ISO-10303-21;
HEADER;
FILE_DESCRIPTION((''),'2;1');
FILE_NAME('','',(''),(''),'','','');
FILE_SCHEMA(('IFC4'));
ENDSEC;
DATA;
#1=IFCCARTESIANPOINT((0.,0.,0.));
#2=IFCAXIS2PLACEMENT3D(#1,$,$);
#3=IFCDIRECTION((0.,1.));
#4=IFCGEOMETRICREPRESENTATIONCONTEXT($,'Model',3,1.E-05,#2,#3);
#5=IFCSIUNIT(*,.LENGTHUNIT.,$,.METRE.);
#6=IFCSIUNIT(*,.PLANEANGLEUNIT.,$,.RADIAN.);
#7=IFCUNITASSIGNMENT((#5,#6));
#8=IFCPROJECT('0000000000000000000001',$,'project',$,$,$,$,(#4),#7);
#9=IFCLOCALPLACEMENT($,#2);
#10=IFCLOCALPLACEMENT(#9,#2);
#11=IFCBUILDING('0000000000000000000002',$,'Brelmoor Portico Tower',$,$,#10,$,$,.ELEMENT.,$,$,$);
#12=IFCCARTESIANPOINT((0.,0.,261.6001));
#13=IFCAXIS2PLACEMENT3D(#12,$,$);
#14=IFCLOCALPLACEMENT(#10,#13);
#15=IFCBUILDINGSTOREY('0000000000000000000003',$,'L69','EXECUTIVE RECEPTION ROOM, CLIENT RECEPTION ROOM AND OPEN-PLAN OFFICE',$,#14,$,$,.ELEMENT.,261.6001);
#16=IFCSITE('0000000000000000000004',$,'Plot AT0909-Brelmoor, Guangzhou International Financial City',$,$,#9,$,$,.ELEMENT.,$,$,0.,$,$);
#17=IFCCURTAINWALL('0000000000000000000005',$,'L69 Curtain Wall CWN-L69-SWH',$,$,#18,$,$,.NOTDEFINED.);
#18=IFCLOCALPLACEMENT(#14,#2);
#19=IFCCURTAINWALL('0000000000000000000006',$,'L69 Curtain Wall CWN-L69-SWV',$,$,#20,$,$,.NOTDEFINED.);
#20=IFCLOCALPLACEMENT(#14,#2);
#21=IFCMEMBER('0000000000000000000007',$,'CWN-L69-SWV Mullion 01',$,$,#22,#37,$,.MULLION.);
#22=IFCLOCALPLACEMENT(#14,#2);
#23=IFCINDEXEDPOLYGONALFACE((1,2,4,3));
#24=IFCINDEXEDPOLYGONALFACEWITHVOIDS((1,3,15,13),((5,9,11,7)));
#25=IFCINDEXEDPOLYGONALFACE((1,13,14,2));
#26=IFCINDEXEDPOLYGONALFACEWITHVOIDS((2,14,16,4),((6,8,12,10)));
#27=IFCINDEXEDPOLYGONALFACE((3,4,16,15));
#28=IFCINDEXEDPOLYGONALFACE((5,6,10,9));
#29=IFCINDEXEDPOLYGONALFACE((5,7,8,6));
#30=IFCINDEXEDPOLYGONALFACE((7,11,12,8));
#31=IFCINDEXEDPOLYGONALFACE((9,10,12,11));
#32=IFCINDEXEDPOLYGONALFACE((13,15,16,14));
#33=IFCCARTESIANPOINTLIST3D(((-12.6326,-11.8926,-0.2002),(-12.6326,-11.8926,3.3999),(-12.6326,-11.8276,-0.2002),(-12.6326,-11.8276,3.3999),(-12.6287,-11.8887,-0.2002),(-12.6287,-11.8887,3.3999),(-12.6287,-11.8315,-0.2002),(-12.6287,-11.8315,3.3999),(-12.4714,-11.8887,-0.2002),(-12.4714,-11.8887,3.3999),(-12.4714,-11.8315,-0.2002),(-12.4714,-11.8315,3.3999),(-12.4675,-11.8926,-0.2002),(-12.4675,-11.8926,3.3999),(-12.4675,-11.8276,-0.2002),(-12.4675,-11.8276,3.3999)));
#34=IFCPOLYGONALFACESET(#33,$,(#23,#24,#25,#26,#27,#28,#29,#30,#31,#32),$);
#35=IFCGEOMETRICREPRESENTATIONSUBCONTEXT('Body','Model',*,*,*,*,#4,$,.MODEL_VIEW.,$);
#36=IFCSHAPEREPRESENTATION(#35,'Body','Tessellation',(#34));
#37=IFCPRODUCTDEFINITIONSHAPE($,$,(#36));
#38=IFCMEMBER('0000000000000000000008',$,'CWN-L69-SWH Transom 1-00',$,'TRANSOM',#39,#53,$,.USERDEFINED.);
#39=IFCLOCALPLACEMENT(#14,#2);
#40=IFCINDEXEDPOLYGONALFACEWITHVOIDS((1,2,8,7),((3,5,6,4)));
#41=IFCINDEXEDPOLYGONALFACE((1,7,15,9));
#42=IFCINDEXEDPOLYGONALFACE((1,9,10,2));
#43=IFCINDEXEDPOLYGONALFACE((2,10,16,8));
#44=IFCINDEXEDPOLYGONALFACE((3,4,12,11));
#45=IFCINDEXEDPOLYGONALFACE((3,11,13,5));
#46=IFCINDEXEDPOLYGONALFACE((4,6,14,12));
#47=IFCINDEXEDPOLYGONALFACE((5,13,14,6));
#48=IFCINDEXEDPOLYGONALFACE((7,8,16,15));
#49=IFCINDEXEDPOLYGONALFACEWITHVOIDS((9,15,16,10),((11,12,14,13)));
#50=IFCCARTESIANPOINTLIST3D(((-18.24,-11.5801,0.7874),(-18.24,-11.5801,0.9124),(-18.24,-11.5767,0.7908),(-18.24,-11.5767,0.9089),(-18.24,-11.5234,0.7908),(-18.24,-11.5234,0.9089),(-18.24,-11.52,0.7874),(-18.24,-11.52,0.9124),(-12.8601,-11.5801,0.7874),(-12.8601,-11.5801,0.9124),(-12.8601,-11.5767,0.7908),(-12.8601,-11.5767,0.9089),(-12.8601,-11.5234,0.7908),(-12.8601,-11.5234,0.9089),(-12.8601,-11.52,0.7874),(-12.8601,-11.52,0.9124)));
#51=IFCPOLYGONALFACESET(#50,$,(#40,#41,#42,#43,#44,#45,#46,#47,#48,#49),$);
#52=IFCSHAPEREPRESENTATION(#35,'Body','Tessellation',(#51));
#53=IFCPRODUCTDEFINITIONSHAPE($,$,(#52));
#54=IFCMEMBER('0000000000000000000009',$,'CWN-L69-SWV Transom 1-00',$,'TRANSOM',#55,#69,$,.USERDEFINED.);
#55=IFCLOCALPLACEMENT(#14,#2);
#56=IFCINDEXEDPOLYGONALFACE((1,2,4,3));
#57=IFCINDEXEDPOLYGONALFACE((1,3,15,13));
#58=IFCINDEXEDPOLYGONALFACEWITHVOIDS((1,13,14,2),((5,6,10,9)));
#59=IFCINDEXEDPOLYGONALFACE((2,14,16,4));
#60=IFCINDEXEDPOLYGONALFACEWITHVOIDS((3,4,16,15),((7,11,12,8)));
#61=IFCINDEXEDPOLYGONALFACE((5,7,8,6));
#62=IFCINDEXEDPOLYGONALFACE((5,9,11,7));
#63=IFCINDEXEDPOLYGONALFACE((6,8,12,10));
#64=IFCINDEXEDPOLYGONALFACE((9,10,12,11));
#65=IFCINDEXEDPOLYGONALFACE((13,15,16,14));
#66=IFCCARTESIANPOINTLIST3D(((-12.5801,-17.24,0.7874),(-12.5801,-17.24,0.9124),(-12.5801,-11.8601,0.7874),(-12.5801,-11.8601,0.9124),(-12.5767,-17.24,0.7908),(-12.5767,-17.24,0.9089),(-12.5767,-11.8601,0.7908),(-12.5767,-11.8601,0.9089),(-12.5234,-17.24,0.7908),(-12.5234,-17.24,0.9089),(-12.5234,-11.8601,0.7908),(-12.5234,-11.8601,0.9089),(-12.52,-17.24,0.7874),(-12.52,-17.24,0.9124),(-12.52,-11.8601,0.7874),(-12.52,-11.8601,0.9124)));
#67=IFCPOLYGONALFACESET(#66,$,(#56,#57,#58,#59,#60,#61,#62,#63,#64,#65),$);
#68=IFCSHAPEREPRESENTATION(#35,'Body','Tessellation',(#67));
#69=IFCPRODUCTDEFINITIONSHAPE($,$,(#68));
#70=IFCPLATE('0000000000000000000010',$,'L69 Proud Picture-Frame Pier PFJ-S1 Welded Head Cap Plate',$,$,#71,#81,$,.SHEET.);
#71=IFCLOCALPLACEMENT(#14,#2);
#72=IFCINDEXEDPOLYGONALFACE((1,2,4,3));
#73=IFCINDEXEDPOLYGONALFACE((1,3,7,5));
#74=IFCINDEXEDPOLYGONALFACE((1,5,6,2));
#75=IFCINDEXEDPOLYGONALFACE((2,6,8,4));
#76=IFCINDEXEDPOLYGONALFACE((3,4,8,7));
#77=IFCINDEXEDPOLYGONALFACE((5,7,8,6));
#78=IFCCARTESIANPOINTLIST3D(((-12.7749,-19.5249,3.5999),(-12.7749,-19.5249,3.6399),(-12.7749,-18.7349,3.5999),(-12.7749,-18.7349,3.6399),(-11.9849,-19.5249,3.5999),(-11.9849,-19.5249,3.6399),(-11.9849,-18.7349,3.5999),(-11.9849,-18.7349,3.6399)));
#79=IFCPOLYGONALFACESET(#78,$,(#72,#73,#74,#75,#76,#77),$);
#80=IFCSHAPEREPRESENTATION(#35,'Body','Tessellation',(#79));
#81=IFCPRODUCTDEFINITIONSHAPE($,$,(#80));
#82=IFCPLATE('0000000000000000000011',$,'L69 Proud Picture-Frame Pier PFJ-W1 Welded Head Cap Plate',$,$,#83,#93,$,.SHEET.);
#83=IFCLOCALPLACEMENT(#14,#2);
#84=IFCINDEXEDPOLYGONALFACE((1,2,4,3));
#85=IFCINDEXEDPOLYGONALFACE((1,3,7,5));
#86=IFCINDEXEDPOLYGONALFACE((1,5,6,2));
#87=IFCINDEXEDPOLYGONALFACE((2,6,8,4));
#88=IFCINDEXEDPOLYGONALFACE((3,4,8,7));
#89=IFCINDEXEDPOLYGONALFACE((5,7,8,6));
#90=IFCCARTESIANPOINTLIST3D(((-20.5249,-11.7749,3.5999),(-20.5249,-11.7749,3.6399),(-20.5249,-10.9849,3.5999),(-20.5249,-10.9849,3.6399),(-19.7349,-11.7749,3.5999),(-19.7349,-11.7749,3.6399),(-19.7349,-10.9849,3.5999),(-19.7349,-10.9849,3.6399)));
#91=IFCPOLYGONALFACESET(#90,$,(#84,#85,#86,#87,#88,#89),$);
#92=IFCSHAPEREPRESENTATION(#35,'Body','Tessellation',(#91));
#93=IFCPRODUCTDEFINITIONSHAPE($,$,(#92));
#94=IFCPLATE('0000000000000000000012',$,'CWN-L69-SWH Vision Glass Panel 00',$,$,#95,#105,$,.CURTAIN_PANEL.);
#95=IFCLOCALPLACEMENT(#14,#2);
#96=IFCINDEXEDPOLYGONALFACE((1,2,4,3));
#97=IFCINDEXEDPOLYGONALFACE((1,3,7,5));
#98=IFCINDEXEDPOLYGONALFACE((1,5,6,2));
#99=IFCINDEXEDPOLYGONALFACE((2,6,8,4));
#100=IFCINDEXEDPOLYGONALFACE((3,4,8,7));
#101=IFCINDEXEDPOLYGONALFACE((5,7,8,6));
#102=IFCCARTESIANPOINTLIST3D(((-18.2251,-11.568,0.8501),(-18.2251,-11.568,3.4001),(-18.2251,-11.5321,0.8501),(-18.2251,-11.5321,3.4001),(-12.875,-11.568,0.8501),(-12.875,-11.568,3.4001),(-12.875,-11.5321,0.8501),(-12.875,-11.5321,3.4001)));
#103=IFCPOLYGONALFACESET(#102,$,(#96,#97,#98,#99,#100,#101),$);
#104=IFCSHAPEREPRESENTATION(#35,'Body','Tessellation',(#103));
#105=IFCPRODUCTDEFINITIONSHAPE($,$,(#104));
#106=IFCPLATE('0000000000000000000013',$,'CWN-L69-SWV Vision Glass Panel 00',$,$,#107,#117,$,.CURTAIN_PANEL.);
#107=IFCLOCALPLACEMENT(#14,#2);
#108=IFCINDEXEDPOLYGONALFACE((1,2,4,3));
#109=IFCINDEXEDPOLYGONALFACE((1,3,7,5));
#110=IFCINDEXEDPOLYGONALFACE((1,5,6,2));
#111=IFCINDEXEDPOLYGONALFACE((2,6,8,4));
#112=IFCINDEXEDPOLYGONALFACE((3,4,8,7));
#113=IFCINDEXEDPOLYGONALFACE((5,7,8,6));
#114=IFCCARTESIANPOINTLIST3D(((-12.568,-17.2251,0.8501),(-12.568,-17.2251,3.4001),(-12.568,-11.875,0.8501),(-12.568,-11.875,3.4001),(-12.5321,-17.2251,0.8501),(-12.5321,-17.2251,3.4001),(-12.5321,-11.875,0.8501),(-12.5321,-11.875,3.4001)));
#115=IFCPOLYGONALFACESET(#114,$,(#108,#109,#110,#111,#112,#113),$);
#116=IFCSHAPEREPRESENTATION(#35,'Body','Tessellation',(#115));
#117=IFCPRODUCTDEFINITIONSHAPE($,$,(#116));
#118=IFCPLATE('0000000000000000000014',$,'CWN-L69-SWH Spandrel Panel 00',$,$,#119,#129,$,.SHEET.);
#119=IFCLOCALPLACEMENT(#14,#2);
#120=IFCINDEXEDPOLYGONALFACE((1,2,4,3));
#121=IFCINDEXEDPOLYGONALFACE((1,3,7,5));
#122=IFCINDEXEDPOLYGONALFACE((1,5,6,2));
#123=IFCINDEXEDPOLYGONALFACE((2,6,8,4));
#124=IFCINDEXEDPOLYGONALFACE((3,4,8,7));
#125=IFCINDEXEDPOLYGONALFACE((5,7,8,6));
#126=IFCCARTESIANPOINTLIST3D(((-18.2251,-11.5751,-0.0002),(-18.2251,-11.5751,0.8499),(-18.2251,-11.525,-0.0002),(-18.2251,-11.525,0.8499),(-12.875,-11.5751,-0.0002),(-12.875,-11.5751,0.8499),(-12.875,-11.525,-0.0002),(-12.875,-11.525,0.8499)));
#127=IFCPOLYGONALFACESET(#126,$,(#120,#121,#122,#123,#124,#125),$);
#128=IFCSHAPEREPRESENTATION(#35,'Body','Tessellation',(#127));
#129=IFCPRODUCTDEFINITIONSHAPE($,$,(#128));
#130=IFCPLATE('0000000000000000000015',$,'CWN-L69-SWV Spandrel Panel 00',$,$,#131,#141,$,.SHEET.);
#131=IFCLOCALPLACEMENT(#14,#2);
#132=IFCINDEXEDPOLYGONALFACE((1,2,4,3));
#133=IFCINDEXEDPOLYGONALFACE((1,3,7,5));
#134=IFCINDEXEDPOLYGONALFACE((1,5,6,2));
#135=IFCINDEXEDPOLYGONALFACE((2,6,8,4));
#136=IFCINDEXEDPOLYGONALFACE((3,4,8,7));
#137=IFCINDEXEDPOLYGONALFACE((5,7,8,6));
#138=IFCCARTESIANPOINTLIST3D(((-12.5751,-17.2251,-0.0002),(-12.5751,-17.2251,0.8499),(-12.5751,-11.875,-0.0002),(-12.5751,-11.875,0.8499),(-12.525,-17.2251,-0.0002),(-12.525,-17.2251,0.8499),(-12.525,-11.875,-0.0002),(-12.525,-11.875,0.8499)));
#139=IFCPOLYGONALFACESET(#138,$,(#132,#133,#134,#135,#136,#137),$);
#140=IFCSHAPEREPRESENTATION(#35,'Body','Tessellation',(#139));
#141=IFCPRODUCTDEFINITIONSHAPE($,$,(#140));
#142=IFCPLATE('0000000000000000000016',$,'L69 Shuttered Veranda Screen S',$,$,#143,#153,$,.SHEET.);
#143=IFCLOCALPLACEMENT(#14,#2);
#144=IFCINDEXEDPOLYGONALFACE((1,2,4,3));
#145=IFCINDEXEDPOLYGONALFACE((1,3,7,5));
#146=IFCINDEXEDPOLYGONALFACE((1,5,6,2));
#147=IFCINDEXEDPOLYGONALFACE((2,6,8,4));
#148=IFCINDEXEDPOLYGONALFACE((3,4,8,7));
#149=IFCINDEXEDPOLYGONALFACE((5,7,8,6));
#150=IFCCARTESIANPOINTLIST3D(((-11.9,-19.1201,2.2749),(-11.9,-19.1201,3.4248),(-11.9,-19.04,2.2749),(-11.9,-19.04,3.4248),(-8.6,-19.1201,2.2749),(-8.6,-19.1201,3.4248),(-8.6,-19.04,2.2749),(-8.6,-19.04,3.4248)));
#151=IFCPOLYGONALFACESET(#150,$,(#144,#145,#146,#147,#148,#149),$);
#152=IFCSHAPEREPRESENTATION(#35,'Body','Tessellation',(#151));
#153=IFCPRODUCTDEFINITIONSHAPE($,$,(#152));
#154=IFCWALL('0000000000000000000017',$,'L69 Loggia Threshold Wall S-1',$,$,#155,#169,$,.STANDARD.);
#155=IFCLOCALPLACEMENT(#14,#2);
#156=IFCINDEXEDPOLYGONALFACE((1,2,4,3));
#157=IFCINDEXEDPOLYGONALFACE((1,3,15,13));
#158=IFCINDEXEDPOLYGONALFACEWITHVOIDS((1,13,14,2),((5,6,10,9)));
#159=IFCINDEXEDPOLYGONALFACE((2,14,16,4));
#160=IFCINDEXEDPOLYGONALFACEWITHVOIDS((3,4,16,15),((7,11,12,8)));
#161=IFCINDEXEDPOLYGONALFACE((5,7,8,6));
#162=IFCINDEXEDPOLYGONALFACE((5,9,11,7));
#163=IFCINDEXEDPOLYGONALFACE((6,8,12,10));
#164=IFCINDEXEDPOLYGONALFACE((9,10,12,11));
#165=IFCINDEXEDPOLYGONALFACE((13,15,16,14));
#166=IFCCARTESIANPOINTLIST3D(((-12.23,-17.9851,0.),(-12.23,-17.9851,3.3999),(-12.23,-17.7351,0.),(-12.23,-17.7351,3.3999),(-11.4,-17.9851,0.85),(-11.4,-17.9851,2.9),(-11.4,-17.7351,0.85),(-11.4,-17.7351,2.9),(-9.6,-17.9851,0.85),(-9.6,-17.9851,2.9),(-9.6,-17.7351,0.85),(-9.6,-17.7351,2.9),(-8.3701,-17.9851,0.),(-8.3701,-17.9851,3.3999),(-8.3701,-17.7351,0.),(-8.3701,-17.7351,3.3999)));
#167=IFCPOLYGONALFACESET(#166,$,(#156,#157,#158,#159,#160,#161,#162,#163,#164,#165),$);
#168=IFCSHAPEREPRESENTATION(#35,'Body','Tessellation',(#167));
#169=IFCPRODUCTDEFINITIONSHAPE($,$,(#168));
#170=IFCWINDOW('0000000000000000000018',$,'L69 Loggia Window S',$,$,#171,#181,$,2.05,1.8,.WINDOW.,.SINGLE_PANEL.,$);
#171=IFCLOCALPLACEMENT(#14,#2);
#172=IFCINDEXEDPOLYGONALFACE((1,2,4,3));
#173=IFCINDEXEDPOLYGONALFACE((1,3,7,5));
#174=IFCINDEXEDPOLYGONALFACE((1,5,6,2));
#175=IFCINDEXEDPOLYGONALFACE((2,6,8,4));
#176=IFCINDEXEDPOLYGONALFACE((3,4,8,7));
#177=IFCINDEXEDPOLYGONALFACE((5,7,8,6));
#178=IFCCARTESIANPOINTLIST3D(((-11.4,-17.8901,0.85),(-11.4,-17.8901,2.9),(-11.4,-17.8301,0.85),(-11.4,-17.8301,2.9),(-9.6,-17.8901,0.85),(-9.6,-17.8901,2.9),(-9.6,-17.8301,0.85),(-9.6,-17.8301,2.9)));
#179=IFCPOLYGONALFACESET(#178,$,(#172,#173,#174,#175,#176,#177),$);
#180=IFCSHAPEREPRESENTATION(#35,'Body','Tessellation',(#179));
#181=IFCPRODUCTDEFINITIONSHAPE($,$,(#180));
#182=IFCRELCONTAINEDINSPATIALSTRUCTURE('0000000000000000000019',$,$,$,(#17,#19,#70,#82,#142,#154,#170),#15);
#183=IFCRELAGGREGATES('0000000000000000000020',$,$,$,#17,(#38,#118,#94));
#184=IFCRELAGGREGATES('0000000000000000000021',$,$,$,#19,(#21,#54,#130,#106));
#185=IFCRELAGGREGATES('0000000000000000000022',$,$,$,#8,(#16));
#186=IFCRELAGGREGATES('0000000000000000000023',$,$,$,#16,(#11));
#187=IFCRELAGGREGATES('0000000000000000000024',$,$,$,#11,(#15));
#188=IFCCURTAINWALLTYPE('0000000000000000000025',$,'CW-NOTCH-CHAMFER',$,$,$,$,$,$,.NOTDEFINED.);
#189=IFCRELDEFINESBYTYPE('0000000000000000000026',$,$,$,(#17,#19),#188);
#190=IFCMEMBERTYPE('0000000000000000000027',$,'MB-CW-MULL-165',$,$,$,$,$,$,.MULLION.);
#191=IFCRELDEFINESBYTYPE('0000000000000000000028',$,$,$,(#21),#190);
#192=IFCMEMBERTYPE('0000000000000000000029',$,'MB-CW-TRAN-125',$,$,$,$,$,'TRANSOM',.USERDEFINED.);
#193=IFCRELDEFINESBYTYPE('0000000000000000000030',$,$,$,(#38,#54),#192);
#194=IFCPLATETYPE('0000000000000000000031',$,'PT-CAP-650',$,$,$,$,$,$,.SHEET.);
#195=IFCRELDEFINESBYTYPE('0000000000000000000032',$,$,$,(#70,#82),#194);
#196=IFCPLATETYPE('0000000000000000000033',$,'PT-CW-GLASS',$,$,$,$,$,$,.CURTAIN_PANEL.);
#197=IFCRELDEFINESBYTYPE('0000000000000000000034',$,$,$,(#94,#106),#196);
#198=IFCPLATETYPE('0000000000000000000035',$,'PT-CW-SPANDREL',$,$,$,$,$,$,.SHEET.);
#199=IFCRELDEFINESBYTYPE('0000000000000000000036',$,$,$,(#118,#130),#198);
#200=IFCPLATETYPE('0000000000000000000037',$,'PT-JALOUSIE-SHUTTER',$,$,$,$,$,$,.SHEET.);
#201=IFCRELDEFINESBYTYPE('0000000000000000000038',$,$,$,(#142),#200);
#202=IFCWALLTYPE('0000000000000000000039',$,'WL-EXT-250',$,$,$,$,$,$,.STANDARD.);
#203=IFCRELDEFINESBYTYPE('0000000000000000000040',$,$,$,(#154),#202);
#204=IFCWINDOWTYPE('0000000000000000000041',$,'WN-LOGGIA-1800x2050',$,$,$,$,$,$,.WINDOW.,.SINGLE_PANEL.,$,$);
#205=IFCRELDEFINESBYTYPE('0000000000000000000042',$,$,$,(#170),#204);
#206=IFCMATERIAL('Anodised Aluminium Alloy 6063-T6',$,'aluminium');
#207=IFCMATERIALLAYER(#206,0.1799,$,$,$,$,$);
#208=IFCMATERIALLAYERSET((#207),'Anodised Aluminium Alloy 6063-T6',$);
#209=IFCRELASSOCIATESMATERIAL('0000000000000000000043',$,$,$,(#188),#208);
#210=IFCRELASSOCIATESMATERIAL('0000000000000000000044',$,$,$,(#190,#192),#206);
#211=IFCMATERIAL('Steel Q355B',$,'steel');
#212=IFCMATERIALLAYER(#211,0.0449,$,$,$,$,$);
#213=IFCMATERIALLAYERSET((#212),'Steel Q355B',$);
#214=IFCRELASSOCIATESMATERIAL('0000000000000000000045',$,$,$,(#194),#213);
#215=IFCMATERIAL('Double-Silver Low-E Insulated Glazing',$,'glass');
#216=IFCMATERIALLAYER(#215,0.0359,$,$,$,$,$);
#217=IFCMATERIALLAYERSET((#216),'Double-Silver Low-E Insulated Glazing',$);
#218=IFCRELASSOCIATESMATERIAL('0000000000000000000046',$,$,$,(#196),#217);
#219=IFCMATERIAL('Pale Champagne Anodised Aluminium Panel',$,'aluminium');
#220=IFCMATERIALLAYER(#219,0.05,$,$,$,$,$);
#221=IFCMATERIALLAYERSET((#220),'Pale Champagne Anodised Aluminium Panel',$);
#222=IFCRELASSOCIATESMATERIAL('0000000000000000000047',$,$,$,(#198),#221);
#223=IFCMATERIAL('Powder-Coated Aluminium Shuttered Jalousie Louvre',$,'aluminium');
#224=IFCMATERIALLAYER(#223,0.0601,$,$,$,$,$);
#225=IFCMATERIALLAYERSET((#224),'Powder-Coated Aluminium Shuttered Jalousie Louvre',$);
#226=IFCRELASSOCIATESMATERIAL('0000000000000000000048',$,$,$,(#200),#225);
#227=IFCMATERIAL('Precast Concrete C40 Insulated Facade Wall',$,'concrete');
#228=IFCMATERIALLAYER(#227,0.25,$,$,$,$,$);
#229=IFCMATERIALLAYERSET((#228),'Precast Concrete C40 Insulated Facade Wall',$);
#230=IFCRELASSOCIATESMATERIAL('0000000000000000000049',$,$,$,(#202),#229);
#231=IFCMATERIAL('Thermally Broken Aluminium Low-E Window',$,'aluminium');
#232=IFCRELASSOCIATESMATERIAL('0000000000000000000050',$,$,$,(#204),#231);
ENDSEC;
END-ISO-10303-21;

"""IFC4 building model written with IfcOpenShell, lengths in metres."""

from ifc_helpers import new_model, si_unit, direction, frame, frame_2d, origin, origin_2d, place, context, subcontext, project, spatial, rectangle, hollow_rectangle, extrude, material, layer, layer_set, material_profile, profile_set, type_object, element, fill, aggregate, save


model = new_model("IFC4")

# Units and contexts
model_context = context("Model", 3, precision=1e-05, world=origin(), true_north=direction((0.0, 1.0)))
body_context = subcontext(model_context, "Body", "Model", "MODEL_VIEW")
ifc_project = project(units=[si_unit("LENGTHUNIT", "METRE"), si_unit("PLANEANGLEUNIT", "RADIAN")], contexts=[model_context])

# Site, building, storey
site_placement = place(None, origin())
site = spatial("IfcSite", under=ifc_project, at=site_placement, Name="Plot AT0909-Brelmoor, Guangzhou International Financial City", CompositionType="ELEMENT", RefElevation=0.0)
building_placement = place(site_placement, origin())
building = spatial("IfcBuilding", under=site, at=building_placement, Name="Brelmoor Portico Tower", CompositionType="ELEMENT")
storey_placement = place(building_placement, frame((0.0, 0.0, 261.6001)))
storey = spatial("IfcBuildingStorey", under=building, at=storey_placement, Name="L69", Description="EXECUTIVE RECEPTION ROOM, CLIENT RECEPTION ROOM AND OPEN-PLAN OFFICE", CompositionType="ELEMENT", Elevation=261.6001)

# Shared definitions
ifc_material_1 = material(Name="Steel Q355B", Category="steel")

# Curtain walls, member
ifc_material_2 = material(Name="Anodised Aluminium Alloy 6063-T6", Category="aluminium")
ifc_layer_1 = layer(ifc_material_2, 0.1799)
ifc_layer_set_1 = layer_set([ifc_layer_1], Name="Anodised Aluminium Alloy 6063-T6")
curtain_wall_type = type_object("IfcCurtainWallType", Name="CW-NOTCH-CHAMFER", PredefinedType="NOTDEFINED", material=ifc_layer_set_1)
curtain_wall_1_placement = place(storey_placement, origin())
curtain_wall_1 = element("IfcCurtainWall", 1, at=curtain_wall_1_placement, inside=storey, type_object=curtain_wall_type, Name="L69 Curtain Wall CWN-L69-SWH", PredefinedType="NOTDEFINED")
ifc_material_profile_1 = material_profile(ifc_material_2, hollow_rectangle(XDim=0.0649, YDim=0.165, WallThickness=0.0039, at=origin_2d()), Name="ALU MULLION 65x165")
ifc_profile_set_1 = profile_set([ifc_material_profile_1], Name="Anodised Aluminium Alloy 6063-T6")
member_type_1 = type_object("IfcMemberType", Name="MB-CW-MULL-165", PredefinedType="MULLION", material=ifc_profile_set_1)
curtain_wall_2_placement = place(storey_placement, origin())
curtain_wall_2 = element("IfcCurtainWall", 2, at=curtain_wall_2_placement, inside=storey, type_object=curtain_wall_type, Name="L69 Curtain Wall CWN-L69-SWV", PredefinedType="NOTDEFINED")
member_1_placement = place(storey_placement, frame((-12.55, -11.8601, -0.2002), z_axis=(0.0, 0.0, 1.0), x_axis=(0.0, 1.0, 0.0)))
member_1 = element("IfcMember", 3, at=member_1_placement, type_object=member_type_1, Name="CWN-L69-SWV Mullion 01", PredefinedType="MULLION", context=body_context, shape_type="SweptSolid", body=[
    extrude(hollow_rectangle(XDim=0.0649, YDim=0.165, WallThickness=0.0039, at=origin_2d()), origin(), (0.0, 0.0, 1.0), 3.6001),
])

# Members
ifc_material_profile_2 = material_profile(ifc_material_2, hollow_rectangle(XDim=0.0601, YDim=0.125, WallThickness=0.0034, at=origin_2d()), Name="ALU TRANSOM 60x125")
ifc_profile_set_2 = profile_set([ifc_material_profile_2], Name="Anodised Aluminium Alloy 6063-T6")
member_type_2 = type_object("IfcMemberType", Name="MB-CW-TRAN-125", ElementType="TRANSOM", PredefinedType="USERDEFINED", material=ifc_profile_set_2)
member_2_placement = place(storey_placement, frame((-18.24, -11.55, 0.8499), z_axis=(1.0, 0.0, 0.0), x_axis=(0.0, 1.0, 0.0)))
member_2 = element("IfcMember", 4, at=member_2_placement, type_object=member_type_2, Name="CWN-L69-SWH Transom 1-00", ObjectType="TRANSOM", PredefinedType="USERDEFINED", context=body_context, shape_type="SweptSolid", body=[
    extrude(hollow_rectangle(XDim=0.0601, YDim=0.125, WallThickness=0.0034, at=origin_2d()), origin(), (0.0, 0.0, 1.0), 5.3799),
])
member_3_placement = place(storey_placement, frame((-12.55, -17.24, 0.8499), z_axis=(0.0, 1.0, 0.0), x_axis=(-1.0, 0.0, 0.0)))
member_3 = element("IfcMember", 5, at=member_3_placement, type_object=member_type_2, Name="CWN-L69-SWV Transom 1-00", ObjectType="TRANSOM", PredefinedType="USERDEFINED", context=body_context, shape_type="SweptSolid", body=[
    extrude(hollow_rectangle(XDim=0.0601, YDim=0.125, WallThickness=0.0034, at=origin_2d()), origin(), (0.0, 0.0, 1.0), 5.3799),
])

# Plates
ifc_layer_2 = layer(ifc_material_1, 0.0449)
ifc_layer_set_2 = layer_set([ifc_layer_2], Name="Steel Q355B")
plate_type_1 = type_object("IfcPlateType", Name="PT-CAP-650", PredefinedType="SHEET", material=ifc_layer_set_2)
for number, where, z_axis, x_axis, name in (
    (6, (-12.3799, -19.1299, 3.5999), (0.0, 0.0, 1.0), (1.0, 0.0, 0.0), "L69 Proud Picture-Frame Pier PFJ-S1 Welded Head Cap Plate"),
    (7, (-20.1299, -11.3799, 3.5999), (0.0, 0.0, 1.0), (0.0, 1.0, 0.0), "L69 Proud Picture-Frame Pier PFJ-W1 Welded Head Cap Plate"),
):
    element("IfcPlate", number, at=place(storey_placement, frame(where, z_axis=z_axis, x_axis=x_axis)), inside=storey, type_object=plate_type_1, Name=name, PredefinedType="SHEET", context=body_context, shape_type="SweptSolid", body=[
        extrude(rectangle(XDim=0.79, YDim=0.79, at=origin_2d()), origin(), (0.0, 0.0, 1.0), 0.04),
    ])

# Plates
ifc_material_3 = material(Name="Double-Silver Low-E Insulated Glazing", Category="glass")
ifc_layer_3 = layer(ifc_material_3, 0.0359)
ifc_layer_set_3 = layer_set([ifc_layer_3], Name="Double-Silver Low-E Insulated Glazing")
plate_type_2 = type_object("IfcPlateType", Name="PT-CW-GLASS", PredefinedType="CURTAIN_PANEL", material=ifc_layer_set_3)
plate_1_placement = place(storey_placement, frame((-15.55, -11.55, 0.8501), z_axis=(0.0, 0.0, 1.0), x_axis=(1.0, 0.0, 0.0)))
plate_1 = element("IfcPlate", 8, at=plate_1_placement, type_object=plate_type_2, Name="CWN-L69-SWH Vision Glass Panel 00", PredefinedType="CURTAIN_PANEL", context=body_context, shape_type="SweptSolid", body=[
    extrude(rectangle(XDim=5.3501, YDim=0.0359, at=origin_2d()), origin(), (0.0, 0.0, 1.0), 2.55),
])
plate_2_placement = place(storey_placement, frame((-12.55, -14.55, 0.8501), z_axis=(0.0, 0.0, 1.0), x_axis=(0.0, 1.0, 0.0)))
plate_2 = element("IfcPlate", 9, at=plate_2_placement, type_object=plate_type_2, Name="CWN-L69-SWV Vision Glass Panel 00", PredefinedType="CURTAIN_PANEL", context=body_context, shape_type="SweptSolid", body=[
    extrude(rectangle(XDim=5.3501, YDim=0.0359, at=origin_2d()), origin(), (0.0, 0.0, 1.0), 2.55),
])
ifc_material_4 = material(Name="Pale Champagne Anodised Aluminium Panel", Category="aluminium")
ifc_layer_4 = layer(ifc_material_4, 0.05)
ifc_layer_set_4 = layer_set([ifc_layer_4], Name="Pale Champagne Anodised Aluminium Panel")
plate_type_3 = type_object("IfcPlateType", Name="PT-CW-SPANDREL", PredefinedType="SHEET", material=ifc_layer_set_4)
plate_3_placement = place(storey_placement, frame((-15.55, -11.55, -0.0002), z_axis=(0.0, 0.0, 1.0), x_axis=(1.0, 0.0, 0.0)))
plate_3 = element("IfcPlate", 10, at=plate_3_placement, type_object=plate_type_3, Name="CWN-L69-SWH Spandrel Panel 00", PredefinedType="SHEET", context=body_context, shape_type="SweptSolid", body=[
    extrude(rectangle(XDim=5.3501, YDim=0.05, at=origin_2d()), origin(), (0.0, 0.0, 1.0), 0.8501),
])
aggregate(curtain_wall_1, [member_2, plate_3, plate_1])
plate_4_placement = place(storey_placement, frame((-12.55, -14.55, -0.0002), z_axis=(0.0, 0.0, 1.0), x_axis=(0.0, 1.0, 0.0)))
plate_4 = element("IfcPlate", 11, at=plate_4_placement, type_object=plate_type_3, Name="CWN-L69-SWV Spandrel Panel 00", PredefinedType="SHEET", context=body_context, shape_type="SweptSolid", body=[
    extrude(rectangle(XDim=5.3501, YDim=0.05, at=origin_2d()), origin(), (0.0, 0.0, 1.0), 0.8501),
])
aggregate(curtain_wall_2, [member_1, member_3, plate_4, plate_2])
ifc_material_5 = material(Name="Powder-Coated Aluminium Shuttered Jalousie Louvre", Category="aluminium")
ifc_layer_5 = layer(ifc_material_5, 0.0601)
ifc_layer_set_5 = layer_set([ifc_layer_5], Name="Powder-Coated Aluminium Shuttered Jalousie Louvre")
plate_type_4 = type_object("IfcPlateType", Name="PT-JALOUSIE-SHUTTER", PredefinedType="SHEET", material=ifc_layer_set_5)
plate_5_placement = place(storey_placement, frame((-10.25, -19.0801, 2.2749), z_axis=(0.0, 0.0, 1.0), x_axis=(1.0, 0.0, 0.0)))
element("IfcPlate", 12, at=plate_5_placement, inside=storey, type_object=plate_type_4, Name="L69 Shuttered Veranda Screen S", PredefinedType="SHEET", context=body_context, shape_type="SweptSolid", body=[
    extrude(rectangle(XDim=3.3, YDim=0.0801, at=origin_2d()), origin(), (0.0, 0.0, 1.0), 1.1499),
])

# Wall, opening, window
ifc_material_6 = material(Name="Precast Concrete C40 Insulated Facade Wall", Category="concrete")
ifc_layer_6 = layer(ifc_material_6, 0.25)
ifc_layer_set_6 = layer_set([ifc_layer_6], Name="Precast Concrete C40 Insulated Facade Wall")
wall_type = type_object("IfcWallType", Name="WL-EXT-250", PredefinedType="STANDARD", material=ifc_layer_set_6)
wall_1_placement = place(storey_placement, frame((-12.23, -17.8601, 0.0), z_axis=(0.0, 0.0, 1.0), x_axis=(1.0, 0.0, 0.0)))
wall_1 = element("IfcWall", 13, at=wall_1_placement, inside=storey, type_object=wall_type, Name="L69 Loggia Threshold Wall S-1", PredefinedType="STANDARD", context=body_context, shape_type="SweptSolid", body=[
    extrude(rectangle(XDim=3.8599, YDim=0.25, at=frame_2d((1.9299, 0.0))), origin(), (0.0, 0.0, 1.0), 3.3999),
])
opening_1_placement = place(wall_1_placement, frame((0.8301, 0.0, 0.8501)))
opening_1 = element("IfcOpeningElement", 14, at=opening_1_placement, cuts=wall_1, PredefinedType="OPENING", context=body_context, shape_type="SweptSolid", body=[
    extrude(rectangle(XDim=1.8, YDim=2.05, at=frame_2d((0.8999, 1.0249))), frame((0.0, 0.135, 0.0), z_axis=(0.0, -1.0, 0.0), x_axis=(1.0, 0.0, 0.0)), (0.0, 0.0, 1.0), 0.27),
])
ifc_material_7 = material(Name="Thermally Broken Aluminium Low-E Window", Category="aluminium")
window_type = type_object("IfcWindowType", Name="WN-LOGGIA-1800x2050", PartitioningType="SINGLE_PANEL", PredefinedType="WINDOW", material=ifc_material_7)
window_placement = place(opening_1_placement, origin())
window = element("IfcWindow", 15, at=window_placement, inside=storey, type_object=window_type, Name="L69 Loggia Window S", OverallHeight=2.05, OverallWidth=1.8, PartitioningType="SINGLE_PANEL", PredefinedType="WINDOW", context=body_context, shape_type="SweptSolid", body=[
    extrude(rectangle(XDim=1.8, YDim=2.05, at=frame_2d((0.8999, 1.0249))), frame((0.0, 0.03, 0.0), z_axis=(0.0, -1.0, 0.0), x_axis=(1.0, 0.0, 0.0)), (0.0, 0.0, 1.0), 0.0601),
])
fill(opening_1, window)

save(model, "model.ifc")
